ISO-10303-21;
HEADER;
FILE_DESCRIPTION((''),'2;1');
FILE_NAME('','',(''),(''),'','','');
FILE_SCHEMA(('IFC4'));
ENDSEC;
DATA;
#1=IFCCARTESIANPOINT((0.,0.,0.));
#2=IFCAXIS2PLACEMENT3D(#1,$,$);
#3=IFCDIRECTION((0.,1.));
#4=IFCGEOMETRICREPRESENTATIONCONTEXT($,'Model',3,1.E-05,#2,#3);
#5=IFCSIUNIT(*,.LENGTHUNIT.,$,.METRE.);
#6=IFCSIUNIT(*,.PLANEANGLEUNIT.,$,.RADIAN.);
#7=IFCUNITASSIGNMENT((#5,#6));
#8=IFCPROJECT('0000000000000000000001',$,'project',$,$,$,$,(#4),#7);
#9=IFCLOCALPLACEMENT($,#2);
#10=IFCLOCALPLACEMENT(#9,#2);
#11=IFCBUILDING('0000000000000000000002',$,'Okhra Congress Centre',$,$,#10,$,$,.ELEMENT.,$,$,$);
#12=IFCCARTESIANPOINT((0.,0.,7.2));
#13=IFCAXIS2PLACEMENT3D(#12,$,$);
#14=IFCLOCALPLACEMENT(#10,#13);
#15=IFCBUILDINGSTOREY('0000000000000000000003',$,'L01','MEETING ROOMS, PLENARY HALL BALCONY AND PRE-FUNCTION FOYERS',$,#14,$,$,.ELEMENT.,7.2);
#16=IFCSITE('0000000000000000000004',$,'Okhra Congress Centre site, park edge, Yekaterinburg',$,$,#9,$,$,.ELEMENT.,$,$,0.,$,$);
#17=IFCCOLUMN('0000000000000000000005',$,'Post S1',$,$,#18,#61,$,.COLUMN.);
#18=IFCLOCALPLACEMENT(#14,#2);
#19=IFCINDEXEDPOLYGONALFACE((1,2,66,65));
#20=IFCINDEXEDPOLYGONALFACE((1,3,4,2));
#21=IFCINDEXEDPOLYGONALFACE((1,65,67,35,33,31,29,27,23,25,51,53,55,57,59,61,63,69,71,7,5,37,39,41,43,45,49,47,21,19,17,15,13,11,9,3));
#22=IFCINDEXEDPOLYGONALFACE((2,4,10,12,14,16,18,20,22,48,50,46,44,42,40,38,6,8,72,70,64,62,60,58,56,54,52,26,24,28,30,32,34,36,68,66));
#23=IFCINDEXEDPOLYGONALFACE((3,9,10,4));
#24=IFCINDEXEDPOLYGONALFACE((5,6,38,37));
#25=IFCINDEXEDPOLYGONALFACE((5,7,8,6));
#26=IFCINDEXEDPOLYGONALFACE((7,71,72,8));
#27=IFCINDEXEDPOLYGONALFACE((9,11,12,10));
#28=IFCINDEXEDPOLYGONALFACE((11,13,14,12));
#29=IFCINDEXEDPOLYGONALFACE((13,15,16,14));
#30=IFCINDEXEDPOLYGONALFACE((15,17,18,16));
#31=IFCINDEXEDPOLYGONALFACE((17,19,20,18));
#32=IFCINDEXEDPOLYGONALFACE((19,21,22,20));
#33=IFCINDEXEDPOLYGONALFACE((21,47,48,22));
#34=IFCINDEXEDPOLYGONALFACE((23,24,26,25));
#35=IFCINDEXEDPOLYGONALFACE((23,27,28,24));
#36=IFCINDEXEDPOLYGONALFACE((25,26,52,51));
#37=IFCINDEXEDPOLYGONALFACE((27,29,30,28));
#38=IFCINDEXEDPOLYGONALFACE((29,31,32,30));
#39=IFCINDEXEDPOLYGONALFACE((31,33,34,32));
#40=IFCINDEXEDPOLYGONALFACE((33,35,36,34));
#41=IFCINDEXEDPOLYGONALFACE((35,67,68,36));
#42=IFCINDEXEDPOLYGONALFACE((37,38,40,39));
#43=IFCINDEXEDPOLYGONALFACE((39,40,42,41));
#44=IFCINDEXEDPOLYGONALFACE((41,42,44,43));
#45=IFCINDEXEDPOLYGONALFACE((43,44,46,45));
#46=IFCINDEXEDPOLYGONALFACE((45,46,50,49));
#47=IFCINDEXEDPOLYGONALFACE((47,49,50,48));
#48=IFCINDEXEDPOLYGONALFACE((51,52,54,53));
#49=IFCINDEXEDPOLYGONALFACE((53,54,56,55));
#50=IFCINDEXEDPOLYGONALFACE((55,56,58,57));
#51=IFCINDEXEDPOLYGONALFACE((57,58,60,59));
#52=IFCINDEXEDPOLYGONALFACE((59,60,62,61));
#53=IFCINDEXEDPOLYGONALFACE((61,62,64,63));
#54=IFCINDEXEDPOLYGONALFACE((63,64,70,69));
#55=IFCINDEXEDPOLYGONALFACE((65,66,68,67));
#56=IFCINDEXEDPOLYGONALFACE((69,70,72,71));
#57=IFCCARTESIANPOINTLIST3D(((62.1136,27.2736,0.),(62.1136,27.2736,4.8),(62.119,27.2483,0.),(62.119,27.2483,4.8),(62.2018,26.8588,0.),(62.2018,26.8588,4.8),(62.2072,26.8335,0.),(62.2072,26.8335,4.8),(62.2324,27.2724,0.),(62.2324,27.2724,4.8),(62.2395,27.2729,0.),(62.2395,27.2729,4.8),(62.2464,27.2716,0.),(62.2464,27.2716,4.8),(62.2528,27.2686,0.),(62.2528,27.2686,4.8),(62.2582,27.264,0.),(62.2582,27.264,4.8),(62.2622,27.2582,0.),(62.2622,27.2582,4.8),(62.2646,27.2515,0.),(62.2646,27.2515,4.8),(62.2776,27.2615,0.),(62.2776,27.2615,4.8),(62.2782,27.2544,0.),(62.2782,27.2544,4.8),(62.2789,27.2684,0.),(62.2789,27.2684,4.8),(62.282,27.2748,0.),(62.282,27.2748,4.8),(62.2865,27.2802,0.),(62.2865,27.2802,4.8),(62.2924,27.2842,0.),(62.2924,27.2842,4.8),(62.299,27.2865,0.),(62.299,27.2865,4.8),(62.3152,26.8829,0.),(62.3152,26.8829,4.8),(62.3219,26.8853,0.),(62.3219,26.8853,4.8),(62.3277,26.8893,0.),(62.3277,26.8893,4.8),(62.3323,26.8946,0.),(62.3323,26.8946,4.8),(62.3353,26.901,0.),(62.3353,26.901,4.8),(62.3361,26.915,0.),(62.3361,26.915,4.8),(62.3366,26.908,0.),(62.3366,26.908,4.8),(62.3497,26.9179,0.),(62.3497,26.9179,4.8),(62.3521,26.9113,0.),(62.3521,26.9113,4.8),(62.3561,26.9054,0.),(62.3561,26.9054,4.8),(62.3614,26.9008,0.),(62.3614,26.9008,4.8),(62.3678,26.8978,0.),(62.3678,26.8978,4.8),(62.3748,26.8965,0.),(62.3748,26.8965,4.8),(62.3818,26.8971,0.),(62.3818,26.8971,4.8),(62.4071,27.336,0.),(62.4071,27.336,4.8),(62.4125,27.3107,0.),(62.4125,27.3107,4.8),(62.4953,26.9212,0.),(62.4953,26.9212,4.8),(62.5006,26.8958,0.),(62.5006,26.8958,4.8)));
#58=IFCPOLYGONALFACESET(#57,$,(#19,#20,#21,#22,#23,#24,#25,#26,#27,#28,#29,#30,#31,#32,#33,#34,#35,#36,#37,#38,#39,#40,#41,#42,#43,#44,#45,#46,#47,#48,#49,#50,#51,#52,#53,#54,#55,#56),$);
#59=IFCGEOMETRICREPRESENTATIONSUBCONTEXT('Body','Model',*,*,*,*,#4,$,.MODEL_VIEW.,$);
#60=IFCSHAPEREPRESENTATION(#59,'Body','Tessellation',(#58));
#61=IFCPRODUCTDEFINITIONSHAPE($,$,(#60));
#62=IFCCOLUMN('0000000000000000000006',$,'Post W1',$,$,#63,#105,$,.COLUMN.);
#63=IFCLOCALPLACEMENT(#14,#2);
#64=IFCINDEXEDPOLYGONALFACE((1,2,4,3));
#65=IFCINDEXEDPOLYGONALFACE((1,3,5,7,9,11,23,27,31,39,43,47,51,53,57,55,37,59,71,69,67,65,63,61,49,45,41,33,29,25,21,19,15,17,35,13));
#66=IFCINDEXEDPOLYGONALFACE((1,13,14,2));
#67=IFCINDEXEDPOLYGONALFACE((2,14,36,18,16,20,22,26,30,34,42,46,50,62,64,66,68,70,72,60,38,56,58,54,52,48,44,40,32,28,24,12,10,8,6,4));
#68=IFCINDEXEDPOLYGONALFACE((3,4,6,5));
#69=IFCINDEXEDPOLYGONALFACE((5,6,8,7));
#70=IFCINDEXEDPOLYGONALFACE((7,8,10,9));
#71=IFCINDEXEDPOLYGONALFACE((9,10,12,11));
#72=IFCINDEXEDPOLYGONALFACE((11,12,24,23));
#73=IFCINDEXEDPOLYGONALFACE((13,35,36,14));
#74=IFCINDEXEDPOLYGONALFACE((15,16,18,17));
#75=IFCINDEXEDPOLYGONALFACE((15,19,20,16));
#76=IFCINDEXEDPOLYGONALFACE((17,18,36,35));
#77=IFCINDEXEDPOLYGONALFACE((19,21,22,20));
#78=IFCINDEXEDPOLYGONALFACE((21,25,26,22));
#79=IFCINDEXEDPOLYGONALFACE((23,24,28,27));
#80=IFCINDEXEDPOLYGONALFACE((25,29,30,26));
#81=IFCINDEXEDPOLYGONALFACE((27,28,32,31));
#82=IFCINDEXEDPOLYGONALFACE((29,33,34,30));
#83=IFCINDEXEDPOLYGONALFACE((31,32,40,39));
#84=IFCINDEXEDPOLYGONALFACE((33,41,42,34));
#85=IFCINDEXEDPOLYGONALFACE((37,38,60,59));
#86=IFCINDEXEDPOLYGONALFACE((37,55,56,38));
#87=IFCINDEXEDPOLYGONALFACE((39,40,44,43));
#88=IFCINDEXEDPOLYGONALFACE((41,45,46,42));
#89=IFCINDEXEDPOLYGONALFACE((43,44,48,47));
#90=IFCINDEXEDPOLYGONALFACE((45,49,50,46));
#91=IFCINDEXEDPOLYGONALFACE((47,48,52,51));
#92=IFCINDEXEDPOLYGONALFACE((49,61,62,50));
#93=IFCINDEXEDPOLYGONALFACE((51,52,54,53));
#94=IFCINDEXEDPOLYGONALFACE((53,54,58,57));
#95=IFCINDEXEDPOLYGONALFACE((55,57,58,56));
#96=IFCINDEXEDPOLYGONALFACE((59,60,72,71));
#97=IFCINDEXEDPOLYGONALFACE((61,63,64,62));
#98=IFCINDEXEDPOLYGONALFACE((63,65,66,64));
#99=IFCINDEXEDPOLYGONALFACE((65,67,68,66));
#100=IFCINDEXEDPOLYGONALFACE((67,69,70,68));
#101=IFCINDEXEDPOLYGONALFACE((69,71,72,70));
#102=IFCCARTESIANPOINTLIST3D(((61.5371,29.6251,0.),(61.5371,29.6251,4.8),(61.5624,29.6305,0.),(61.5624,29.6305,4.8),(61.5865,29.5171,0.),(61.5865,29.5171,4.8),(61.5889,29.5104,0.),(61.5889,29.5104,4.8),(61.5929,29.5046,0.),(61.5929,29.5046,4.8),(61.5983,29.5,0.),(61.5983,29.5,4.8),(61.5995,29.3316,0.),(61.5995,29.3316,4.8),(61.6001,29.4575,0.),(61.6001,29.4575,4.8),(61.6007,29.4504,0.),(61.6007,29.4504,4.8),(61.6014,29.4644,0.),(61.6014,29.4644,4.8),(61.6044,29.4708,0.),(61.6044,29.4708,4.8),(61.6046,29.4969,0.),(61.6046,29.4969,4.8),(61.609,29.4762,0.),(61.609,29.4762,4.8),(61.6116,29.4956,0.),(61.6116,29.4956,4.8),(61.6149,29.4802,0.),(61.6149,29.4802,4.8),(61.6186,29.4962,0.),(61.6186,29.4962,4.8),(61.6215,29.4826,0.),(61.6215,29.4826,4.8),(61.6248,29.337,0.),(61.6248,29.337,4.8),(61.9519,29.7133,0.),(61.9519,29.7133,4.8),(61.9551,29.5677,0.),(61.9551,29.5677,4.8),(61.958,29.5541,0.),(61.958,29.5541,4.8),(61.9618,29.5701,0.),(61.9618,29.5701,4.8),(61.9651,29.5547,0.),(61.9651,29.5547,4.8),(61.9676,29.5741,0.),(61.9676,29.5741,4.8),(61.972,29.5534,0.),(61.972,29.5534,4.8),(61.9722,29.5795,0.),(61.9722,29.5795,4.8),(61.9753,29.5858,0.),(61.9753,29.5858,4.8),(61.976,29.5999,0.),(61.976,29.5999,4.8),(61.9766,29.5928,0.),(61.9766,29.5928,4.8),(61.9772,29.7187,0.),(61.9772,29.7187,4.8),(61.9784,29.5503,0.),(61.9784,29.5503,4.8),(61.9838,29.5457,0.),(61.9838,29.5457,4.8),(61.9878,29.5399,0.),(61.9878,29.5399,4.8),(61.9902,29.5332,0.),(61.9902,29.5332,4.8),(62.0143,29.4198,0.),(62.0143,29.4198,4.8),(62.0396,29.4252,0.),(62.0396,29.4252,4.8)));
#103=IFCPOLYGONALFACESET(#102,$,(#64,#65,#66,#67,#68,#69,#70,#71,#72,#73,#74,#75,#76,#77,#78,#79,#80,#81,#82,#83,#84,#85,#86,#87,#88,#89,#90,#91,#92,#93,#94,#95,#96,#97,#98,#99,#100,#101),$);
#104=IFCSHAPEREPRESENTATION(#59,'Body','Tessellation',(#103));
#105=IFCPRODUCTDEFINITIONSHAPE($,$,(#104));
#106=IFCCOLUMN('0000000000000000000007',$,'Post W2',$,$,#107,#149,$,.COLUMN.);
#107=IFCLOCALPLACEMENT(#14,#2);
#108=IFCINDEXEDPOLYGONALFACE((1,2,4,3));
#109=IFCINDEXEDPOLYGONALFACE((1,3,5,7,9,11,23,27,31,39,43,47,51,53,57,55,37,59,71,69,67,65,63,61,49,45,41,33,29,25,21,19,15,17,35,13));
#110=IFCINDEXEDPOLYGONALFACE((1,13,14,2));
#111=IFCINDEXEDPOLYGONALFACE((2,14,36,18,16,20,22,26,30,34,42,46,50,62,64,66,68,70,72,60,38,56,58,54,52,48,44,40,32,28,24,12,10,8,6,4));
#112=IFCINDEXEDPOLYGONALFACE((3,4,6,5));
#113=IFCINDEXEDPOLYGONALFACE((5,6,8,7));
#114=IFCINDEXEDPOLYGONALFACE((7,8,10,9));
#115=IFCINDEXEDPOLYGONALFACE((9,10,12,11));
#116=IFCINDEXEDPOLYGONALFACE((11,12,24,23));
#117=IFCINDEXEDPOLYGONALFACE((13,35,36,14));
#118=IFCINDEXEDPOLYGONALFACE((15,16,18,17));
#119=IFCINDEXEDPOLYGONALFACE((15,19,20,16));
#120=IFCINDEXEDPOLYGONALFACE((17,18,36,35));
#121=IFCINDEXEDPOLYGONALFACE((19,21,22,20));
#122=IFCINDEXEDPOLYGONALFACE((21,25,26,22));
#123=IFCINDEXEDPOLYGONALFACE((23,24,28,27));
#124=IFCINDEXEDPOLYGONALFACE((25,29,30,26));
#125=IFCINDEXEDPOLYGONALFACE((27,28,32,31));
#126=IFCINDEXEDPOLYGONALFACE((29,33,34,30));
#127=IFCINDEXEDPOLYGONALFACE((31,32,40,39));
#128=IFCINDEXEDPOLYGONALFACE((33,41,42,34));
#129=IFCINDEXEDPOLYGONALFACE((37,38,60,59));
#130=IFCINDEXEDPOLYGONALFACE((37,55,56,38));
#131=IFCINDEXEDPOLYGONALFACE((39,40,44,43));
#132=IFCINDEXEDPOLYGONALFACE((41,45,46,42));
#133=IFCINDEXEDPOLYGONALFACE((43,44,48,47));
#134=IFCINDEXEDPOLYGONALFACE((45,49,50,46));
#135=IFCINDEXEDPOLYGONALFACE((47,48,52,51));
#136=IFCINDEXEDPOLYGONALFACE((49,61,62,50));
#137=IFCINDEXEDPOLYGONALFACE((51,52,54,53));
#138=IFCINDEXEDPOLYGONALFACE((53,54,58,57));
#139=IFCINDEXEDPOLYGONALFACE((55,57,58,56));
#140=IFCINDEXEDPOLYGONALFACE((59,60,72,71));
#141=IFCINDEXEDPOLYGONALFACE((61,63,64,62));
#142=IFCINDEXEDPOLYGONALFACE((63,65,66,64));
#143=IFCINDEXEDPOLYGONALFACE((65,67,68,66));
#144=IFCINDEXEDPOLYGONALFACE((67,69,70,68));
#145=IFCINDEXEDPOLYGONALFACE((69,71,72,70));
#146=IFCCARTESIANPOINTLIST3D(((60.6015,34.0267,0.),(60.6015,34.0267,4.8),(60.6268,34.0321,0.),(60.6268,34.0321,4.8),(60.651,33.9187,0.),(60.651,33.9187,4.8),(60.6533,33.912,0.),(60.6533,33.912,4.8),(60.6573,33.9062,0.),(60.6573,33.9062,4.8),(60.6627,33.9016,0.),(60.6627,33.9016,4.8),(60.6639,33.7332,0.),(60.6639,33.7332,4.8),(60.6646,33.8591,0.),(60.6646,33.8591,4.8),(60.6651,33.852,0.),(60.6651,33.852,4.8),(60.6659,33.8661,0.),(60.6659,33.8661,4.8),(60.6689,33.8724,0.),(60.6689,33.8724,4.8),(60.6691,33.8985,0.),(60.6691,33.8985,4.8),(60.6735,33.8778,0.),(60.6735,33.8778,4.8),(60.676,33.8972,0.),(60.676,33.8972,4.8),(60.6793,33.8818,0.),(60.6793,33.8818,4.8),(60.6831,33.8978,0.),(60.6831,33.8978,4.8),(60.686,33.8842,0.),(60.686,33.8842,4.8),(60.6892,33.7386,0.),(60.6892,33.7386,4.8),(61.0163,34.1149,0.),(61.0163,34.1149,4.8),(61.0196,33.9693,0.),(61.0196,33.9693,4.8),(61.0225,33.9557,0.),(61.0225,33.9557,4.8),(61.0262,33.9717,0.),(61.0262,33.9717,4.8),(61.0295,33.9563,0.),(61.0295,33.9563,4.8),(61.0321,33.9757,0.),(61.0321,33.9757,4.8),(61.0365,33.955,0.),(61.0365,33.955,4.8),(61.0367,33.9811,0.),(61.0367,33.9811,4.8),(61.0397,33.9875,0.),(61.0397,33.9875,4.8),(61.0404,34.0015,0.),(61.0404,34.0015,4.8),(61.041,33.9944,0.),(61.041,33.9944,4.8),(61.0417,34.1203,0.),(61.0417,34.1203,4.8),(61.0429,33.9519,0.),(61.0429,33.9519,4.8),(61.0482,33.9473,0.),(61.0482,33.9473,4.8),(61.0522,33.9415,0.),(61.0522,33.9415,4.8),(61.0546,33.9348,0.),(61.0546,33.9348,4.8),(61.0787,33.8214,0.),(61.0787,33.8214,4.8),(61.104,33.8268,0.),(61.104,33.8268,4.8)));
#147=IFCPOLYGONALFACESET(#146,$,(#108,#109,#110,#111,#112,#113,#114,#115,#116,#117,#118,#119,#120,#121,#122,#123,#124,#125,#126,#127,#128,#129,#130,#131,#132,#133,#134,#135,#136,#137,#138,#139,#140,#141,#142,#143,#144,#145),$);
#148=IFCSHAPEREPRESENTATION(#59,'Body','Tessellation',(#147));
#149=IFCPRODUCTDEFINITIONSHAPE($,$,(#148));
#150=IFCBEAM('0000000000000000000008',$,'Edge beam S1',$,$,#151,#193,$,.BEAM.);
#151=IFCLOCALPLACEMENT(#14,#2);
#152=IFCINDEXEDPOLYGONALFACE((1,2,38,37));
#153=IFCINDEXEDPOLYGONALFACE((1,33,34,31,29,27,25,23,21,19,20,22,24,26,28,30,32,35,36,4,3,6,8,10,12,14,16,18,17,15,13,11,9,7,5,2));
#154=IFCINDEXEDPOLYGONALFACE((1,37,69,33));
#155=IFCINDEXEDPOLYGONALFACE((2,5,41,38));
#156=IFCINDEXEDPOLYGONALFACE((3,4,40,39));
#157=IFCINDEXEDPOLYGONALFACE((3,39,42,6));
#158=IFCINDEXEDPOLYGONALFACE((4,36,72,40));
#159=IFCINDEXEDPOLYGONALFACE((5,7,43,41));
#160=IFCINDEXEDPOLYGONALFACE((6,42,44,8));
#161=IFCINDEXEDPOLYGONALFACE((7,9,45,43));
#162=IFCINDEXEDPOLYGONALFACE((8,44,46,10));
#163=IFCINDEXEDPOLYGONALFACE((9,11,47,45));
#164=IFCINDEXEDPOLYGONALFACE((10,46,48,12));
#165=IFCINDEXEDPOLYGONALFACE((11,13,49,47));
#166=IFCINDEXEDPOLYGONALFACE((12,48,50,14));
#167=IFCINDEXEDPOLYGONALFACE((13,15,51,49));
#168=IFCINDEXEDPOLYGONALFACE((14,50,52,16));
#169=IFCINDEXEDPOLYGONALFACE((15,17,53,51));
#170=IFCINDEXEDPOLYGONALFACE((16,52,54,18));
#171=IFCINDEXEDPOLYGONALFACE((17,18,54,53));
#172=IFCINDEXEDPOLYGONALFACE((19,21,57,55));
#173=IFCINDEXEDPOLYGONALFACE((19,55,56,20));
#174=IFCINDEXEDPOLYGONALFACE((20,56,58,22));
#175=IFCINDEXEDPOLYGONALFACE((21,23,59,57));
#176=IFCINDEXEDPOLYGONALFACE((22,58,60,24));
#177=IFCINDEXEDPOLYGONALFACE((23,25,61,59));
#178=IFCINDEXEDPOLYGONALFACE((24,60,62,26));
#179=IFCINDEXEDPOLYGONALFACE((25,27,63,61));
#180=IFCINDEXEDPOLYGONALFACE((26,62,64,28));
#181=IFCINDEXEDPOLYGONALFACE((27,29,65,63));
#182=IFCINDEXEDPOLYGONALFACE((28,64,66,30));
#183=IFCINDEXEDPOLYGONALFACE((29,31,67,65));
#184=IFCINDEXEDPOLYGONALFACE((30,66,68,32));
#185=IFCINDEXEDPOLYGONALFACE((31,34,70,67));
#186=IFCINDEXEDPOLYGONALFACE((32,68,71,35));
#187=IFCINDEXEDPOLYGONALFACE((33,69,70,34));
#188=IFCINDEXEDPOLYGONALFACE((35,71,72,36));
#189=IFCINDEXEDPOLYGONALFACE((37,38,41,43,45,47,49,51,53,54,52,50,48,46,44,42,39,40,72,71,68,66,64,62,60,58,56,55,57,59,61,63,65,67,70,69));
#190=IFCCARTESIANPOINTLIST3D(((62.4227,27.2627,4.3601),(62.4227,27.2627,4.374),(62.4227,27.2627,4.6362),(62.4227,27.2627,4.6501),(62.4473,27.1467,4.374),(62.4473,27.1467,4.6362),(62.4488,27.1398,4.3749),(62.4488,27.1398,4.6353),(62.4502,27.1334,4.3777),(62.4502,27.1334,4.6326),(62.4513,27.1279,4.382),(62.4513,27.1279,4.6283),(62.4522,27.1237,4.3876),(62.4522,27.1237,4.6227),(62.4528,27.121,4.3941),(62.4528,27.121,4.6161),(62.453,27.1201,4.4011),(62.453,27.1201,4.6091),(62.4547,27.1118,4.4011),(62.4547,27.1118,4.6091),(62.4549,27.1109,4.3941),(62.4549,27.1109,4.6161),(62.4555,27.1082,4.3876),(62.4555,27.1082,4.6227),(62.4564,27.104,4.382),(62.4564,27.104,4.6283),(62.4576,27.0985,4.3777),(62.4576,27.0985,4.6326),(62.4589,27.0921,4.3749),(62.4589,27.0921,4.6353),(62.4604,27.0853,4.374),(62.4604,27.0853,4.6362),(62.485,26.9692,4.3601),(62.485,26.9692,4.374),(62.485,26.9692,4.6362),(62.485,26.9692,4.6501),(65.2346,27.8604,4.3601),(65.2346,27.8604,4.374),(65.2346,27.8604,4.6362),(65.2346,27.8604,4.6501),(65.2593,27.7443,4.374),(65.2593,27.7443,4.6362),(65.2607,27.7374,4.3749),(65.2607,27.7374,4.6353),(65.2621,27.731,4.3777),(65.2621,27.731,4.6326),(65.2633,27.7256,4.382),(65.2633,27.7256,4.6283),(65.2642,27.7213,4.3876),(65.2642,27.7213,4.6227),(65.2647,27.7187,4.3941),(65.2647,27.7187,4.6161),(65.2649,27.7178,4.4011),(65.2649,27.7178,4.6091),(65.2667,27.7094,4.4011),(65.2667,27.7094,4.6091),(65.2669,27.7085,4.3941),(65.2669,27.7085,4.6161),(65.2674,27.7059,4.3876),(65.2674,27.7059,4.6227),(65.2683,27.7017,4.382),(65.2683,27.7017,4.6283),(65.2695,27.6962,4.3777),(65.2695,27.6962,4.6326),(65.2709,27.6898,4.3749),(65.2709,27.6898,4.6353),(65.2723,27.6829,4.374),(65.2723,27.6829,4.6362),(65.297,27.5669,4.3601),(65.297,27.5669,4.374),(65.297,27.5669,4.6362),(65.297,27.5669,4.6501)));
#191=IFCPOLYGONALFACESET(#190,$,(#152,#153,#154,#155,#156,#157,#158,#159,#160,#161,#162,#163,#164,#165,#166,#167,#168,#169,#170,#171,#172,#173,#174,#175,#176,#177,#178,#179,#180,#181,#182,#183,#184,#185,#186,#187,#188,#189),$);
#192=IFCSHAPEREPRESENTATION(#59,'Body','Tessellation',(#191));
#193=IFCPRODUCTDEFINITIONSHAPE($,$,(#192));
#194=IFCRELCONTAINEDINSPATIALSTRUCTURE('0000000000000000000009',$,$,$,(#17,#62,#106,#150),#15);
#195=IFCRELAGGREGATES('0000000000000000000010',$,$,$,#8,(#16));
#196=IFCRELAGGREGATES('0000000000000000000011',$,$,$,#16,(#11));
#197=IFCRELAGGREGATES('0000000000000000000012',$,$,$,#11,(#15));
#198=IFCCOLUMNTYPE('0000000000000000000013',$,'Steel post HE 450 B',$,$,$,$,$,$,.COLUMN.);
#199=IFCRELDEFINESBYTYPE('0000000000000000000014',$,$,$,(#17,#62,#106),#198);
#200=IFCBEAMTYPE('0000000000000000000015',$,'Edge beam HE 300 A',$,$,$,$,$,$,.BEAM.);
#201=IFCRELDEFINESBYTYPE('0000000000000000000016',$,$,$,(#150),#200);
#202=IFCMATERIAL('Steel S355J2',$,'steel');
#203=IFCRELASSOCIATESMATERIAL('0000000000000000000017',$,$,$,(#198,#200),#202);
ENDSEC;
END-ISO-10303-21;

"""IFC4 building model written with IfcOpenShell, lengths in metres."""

from ifc_helpers import new_model, si_unit, direction, frame, origin, origin_2d, place, context, subcontext, project, spatial, i_section, extrude, material, material_profile, profile_set, type_object, element, save


model = new_model("IFC4")

# Units and contexts
model_context = context("Model", 3, precision=1e-05, world=origin(), true_north=direction((0.0, 1.0)))
body_context = subcontext(model_context, "Body", "Model", "MODEL_VIEW")
ifc_project = project(units=[si_unit("LENGTHUNIT", "METRE"), si_unit("PLANEANGLEUNIT", "RADIAN")], contexts=[model_context])

# Site, building, storey
site_placement = place(None, origin())
site = spatial("IfcSite", under=ifc_project, at=site_placement, Name="Okhra Congress Centre site, park edge, Yekaterinburg", CompositionType="ELEMENT", RefElevation=0.0)
building_placement = place(site_placement, origin())
building = spatial("IfcBuilding", under=site, at=building_placement, Name="Okhra Congress Centre", CompositionType="ELEMENT")
storey_placement = place(building_placement, frame((0.0, 0.0, 7.2)))
storey = spatial("IfcBuildingStorey", under=building, at=storey_placement, Name="L01", Description="MEETING ROOMS, PLENARY HALL BALCONY AND PRE-FUNCTION FOYERS", CompositionType="ELEMENT", Elevation=7.2)

# Columns
ifc_material_1 = material(Name="Steel S355J2", Category="steel")
ifc_material_profile_1 = material_profile(ifc_material_1, i_section(OverallWidth=0.3, OverallDepth=0.45, WebThickness=0.0139, FlangeThickness=0.0259, FilletRadius=0.0271, at=origin_2d()), Name="HE 450 B")
ifc_profile_set_1 = profile_set([ifc_material_profile_1], Name="Steel S355J2")
column_type = type_object("IfcColumnType", Name="Steel post HE 450 B", PredefinedType="COLUMN", material=ifc_profile_set_1)
for number, where, z_axis, x_axis, name in (
    (1, (62.3071, 27.0847, 0.0), (0.0, 0.0, 1.0), (0.978148, 0.207912, 0.0), "Post S1"),
    (2, (61.7883, 29.5251, 0.0), (0.0, 0.0, 1.0), (-0.207912, 0.978148, 0.0), "Post W1"),
    (3, (60.8528, 33.9268, 0.0), (0.0, 0.0, 1.0), (-0.207912, 0.978148, 0.0), "Post W2"),
):
    element("IfcColumn", number, at=place(storey_placement, frame(where, z_axis=z_axis, x_axis=x_axis)), inside=storey, type_object=column_type, Name=name, PredefinedType="COLUMN", context=body_context, shape_type="SweptSolid", body=[
        extrude(i_section(OverallWidth=0.3, OverallDepth=0.45, WebThickness=0.0139, FlangeThickness=0.0259, FilletRadius=0.0271, at=origin_2d()), origin(), (0.0, 0.0, 1.0), 4.8),
    ])

# Beam
ifc_material_profile_2 = material_profile(ifc_material_1, i_section(OverallWidth=0.3, OverallDepth=0.29, WebThickness=0.0085, FlangeThickness=0.0139, FilletRadius=0.0271, at=origin_2d()), Name="HE 300 A")
ifc_profile_set_2 = profile_set([ifc_material_profile_2], Name="Steel S355J2")
beam_type = type_object("IfcBeamType", Name="Edge beam HE 300 A", PredefinedType="BEAM", material=ifc_profile_set_2)
beam_1_placement = place(storey_placement, frame((62.4539, 27.116, 4.5051), z_axis=(0.978152, 0.207893, 0.0), x_axis=(-0.207893, 0.978152, 0.0)))
element("IfcBeam", 4, at=beam_1_placement, inside=storey, type_object=beam_type, Name="Edge beam S1", PredefinedType="BEAM", context=body_context, shape_type="SweptSolid", body=[
    extrude(i_section(OverallWidth=0.3, OverallDepth=0.29, WebThickness=0.0085, FlangeThickness=0.0139, FilletRadius=0.0271, at=origin_2d()), origin(), (0.0, 0.0, 1.0), 2.8748),
])

save(model, "model.ifc")
